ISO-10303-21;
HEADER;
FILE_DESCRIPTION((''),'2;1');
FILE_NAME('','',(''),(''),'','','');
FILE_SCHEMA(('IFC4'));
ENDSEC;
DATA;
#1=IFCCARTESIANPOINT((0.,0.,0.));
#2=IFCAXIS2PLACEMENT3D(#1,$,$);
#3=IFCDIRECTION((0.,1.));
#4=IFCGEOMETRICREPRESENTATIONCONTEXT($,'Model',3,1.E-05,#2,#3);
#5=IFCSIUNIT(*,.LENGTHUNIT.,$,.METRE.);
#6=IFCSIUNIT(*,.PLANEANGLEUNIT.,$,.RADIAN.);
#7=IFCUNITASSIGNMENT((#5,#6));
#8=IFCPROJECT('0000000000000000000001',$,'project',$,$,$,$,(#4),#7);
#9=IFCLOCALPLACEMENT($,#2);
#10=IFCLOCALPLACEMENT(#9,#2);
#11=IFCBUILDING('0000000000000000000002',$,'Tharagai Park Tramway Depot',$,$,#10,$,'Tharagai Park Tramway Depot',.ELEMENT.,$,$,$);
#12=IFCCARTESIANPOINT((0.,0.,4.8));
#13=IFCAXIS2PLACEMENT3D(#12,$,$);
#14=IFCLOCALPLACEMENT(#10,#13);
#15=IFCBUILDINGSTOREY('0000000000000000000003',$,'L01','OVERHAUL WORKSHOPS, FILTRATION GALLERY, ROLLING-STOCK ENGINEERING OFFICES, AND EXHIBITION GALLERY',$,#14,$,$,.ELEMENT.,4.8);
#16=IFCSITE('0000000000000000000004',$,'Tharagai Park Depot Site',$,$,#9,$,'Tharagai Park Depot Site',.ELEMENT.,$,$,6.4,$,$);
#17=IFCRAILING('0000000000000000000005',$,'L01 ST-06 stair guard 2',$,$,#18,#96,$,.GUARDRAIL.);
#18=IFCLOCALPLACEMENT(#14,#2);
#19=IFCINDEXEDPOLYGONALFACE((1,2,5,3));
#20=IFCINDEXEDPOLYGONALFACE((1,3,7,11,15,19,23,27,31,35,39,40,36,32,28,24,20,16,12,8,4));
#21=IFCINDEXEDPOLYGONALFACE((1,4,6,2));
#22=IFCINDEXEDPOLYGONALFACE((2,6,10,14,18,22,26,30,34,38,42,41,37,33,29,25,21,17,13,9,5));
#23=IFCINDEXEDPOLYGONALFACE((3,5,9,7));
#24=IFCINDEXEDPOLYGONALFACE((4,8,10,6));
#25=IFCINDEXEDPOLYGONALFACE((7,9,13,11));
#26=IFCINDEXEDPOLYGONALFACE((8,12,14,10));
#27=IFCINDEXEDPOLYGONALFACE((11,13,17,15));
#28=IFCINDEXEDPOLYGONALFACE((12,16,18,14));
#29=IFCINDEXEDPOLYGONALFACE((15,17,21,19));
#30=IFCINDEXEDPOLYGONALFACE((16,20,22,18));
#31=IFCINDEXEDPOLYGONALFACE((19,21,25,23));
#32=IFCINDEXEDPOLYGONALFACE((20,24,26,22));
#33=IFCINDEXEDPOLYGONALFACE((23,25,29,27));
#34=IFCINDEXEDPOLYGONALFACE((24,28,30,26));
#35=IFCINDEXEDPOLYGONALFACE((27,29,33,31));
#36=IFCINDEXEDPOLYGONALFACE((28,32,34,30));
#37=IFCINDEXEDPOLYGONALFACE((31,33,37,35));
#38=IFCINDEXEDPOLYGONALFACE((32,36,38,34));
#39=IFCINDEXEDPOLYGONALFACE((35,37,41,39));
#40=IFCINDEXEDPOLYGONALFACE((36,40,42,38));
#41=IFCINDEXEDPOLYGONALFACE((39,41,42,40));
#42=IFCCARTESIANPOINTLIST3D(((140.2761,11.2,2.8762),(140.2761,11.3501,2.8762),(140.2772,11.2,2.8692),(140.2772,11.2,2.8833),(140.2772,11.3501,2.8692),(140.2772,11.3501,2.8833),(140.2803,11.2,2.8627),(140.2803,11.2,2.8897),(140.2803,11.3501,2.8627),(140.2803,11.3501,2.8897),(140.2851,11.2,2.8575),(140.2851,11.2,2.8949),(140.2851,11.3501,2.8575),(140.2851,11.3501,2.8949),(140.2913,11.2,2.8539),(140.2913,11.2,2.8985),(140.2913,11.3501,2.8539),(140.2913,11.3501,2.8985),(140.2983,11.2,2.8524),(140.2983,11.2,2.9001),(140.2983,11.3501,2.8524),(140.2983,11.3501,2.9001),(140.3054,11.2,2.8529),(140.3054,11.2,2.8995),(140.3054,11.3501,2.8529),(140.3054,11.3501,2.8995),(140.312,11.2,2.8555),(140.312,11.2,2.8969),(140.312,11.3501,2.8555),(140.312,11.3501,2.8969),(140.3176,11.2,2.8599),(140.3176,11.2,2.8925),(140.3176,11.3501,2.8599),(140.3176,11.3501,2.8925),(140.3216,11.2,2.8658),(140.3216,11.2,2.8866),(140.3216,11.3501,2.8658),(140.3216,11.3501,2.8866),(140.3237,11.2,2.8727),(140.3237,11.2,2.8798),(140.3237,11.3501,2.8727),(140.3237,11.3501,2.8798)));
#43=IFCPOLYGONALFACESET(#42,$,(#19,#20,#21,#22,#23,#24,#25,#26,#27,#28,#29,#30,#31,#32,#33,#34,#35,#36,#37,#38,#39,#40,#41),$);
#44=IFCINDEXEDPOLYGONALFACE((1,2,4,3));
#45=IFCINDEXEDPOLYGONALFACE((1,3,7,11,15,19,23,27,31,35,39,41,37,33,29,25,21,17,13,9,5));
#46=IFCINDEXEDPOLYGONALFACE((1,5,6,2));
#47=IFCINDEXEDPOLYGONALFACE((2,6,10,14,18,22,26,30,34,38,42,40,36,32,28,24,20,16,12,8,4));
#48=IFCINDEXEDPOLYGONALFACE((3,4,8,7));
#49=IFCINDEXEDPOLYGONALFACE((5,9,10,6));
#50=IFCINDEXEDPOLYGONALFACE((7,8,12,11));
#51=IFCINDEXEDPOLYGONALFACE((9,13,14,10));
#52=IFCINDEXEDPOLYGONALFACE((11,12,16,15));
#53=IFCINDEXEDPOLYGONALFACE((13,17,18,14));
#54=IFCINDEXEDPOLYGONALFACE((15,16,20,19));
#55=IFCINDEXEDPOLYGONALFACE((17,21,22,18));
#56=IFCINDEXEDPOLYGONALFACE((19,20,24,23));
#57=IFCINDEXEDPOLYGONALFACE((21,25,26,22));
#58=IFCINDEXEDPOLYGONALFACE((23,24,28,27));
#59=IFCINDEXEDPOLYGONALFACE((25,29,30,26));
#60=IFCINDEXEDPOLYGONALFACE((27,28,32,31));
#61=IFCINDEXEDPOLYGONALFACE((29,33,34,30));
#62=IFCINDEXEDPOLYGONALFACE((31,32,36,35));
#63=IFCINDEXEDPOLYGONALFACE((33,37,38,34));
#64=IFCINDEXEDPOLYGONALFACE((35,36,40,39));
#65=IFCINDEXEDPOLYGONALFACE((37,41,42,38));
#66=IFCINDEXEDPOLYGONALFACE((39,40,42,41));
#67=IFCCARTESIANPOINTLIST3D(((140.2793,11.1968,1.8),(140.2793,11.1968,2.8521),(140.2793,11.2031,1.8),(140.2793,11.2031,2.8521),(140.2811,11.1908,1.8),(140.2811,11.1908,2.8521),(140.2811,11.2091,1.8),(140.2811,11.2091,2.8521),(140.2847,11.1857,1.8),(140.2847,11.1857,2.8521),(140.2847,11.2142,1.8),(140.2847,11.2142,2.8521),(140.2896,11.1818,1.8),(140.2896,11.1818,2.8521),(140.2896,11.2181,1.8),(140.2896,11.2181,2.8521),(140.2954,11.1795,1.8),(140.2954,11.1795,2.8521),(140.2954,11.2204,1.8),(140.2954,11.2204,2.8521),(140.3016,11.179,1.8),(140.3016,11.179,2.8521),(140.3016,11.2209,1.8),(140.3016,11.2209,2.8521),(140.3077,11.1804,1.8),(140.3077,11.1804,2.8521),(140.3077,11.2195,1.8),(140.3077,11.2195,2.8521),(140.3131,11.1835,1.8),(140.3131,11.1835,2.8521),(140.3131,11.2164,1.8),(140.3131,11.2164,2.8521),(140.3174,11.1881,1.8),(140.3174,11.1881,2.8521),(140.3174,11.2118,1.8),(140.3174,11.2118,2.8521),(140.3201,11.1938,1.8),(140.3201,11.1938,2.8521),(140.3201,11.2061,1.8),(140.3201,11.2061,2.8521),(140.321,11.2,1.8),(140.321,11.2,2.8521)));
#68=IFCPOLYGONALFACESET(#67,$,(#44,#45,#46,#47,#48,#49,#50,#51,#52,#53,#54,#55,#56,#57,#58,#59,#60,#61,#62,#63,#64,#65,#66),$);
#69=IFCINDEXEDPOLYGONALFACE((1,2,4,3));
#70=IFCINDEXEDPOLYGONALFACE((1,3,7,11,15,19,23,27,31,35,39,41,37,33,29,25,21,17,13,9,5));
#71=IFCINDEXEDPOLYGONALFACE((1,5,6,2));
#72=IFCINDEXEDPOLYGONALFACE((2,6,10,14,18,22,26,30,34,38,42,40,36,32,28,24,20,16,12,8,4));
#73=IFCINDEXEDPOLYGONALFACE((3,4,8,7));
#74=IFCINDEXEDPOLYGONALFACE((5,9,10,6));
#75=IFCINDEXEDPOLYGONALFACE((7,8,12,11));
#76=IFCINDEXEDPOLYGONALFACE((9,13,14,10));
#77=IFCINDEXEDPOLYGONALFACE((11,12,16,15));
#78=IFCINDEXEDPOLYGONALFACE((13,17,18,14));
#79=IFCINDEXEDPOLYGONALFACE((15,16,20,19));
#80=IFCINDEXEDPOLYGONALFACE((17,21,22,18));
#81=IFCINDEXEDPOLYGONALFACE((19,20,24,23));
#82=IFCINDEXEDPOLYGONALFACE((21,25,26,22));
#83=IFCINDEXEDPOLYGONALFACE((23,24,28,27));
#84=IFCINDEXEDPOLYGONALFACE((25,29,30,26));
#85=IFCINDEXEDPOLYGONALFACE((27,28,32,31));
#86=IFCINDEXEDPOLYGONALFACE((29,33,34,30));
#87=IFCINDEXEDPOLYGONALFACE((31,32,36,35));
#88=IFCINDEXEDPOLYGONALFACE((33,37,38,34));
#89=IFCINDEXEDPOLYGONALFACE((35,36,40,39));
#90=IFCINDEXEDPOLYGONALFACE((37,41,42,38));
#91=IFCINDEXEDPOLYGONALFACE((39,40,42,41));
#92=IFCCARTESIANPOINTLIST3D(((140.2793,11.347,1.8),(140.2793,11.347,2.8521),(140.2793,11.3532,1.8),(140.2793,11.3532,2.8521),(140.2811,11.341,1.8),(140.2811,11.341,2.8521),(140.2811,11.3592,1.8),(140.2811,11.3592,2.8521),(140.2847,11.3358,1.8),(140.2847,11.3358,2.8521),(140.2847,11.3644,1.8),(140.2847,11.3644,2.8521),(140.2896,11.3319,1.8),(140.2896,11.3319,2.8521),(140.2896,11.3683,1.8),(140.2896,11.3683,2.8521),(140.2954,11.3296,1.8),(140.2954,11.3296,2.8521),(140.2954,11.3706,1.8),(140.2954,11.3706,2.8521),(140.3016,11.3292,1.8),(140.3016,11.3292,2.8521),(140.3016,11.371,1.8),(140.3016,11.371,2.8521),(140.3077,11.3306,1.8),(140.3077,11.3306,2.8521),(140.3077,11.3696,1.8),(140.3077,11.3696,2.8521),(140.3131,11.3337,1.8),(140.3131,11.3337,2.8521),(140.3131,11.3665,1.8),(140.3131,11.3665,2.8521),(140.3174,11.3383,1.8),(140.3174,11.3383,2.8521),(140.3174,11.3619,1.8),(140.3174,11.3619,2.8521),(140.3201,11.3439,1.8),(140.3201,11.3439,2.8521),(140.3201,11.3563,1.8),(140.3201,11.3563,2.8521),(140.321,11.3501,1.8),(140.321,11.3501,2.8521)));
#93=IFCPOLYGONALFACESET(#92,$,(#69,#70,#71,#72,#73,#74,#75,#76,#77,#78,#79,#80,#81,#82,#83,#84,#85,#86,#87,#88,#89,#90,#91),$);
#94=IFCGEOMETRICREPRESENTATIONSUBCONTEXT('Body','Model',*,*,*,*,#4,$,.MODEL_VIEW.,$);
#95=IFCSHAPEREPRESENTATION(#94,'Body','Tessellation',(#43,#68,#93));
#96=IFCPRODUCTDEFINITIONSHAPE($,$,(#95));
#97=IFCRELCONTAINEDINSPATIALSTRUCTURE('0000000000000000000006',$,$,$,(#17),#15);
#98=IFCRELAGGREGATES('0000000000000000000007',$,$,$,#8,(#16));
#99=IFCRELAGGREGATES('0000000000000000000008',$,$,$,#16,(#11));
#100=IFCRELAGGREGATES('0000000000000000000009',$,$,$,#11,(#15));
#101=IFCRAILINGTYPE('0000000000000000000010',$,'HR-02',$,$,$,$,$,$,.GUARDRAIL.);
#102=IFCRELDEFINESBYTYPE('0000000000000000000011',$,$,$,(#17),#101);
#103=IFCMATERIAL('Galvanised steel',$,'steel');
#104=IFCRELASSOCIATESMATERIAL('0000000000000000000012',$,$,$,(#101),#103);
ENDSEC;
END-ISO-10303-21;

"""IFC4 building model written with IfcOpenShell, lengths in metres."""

from ifc_helpers import new_model, si_unit, direction, frame, origin, origin_2d, place, context, subcontext, project, spatial, circle, extrude, material, type_object, element, save


model = new_model("IFC4")

# Units and contexts
model_context = context("Model", 3, precision=1e-05, world=origin(), true_north=direction((0.0, 1.0)))
body_context = subcontext(model_context, "Body", "Model", "MODEL_VIEW")
ifc_project = project(units=[si_unit("LENGTHUNIT", "METRE"), si_unit("PLANEANGLEUNIT", "RADIAN")], contexts=[model_context])

# Site, building, storey
site_placement = place(None, origin())
site = spatial("IfcSite", under=ifc_project, at=site_placement, Name="Tharagai Park Depot Site", LongName="Tharagai Park Depot Site", CompositionType="ELEMENT", RefElevation=6.4)
building_placement = place(site_placement, origin())
building = spatial("IfcBuilding", under=site, at=building_placement, Name="Tharagai Park Tramway Depot", LongName="Tharagai Park Tramway Depot", CompositionType="ELEMENT")
storey_placement = place(building_placement, frame((0.0, 0.0, 4.8)))
storey = spatial("IfcBuildingStorey", under=building, at=storey_placement, Name="L01", Description="OVERHAUL WORKSHOPS, FILTRATION GALLERY, ROLLING-STOCK ENGINEERING OFFICES, AND EXHIBITION GALLERY", CompositionType="ELEMENT", Elevation=4.8)

# Shared definitions
ifc_material_1 = material(Name="Galvanised steel", Category="steel")

# Railing
railing_type_1 = type_object("IfcRailingType", Name="HR-02", PredefinedType="GUARDRAIL", material=ifc_material_1)
railing_1_placement = place(storey_placement, frame((140.3, 11.2, 1.8)))
element("IfcRailing", 1, at=railing_1_placement, inside=storey, type_object=railing_type_1, Name="L01 ST-06 stair guard 2", PredefinedType="GUARDRAIL", context=body_context, shape_type="SweptSolid", body=[
    extrude(circle(Radius=0.0239, at=origin_2d()), frame((0.0, 0.0, 1.0762), z_axis=(0.0, 1.0, 0.0), x_axis=(-1.0, 0.0, 0.0)), (0.0, 0.0, 1.0), 0.1501),
    extrude(circle(Radius=0.021, at=origin_2d()), origin(), (0.0, 0.0, 1.0), 1.052),
    extrude(circle(Radius=0.021, at=origin_2d()), frame((0.0, 0.1501, 0.0)), (0.0, 0.0, 1.0), 1.052),
])

save(model, "model.ifc")
